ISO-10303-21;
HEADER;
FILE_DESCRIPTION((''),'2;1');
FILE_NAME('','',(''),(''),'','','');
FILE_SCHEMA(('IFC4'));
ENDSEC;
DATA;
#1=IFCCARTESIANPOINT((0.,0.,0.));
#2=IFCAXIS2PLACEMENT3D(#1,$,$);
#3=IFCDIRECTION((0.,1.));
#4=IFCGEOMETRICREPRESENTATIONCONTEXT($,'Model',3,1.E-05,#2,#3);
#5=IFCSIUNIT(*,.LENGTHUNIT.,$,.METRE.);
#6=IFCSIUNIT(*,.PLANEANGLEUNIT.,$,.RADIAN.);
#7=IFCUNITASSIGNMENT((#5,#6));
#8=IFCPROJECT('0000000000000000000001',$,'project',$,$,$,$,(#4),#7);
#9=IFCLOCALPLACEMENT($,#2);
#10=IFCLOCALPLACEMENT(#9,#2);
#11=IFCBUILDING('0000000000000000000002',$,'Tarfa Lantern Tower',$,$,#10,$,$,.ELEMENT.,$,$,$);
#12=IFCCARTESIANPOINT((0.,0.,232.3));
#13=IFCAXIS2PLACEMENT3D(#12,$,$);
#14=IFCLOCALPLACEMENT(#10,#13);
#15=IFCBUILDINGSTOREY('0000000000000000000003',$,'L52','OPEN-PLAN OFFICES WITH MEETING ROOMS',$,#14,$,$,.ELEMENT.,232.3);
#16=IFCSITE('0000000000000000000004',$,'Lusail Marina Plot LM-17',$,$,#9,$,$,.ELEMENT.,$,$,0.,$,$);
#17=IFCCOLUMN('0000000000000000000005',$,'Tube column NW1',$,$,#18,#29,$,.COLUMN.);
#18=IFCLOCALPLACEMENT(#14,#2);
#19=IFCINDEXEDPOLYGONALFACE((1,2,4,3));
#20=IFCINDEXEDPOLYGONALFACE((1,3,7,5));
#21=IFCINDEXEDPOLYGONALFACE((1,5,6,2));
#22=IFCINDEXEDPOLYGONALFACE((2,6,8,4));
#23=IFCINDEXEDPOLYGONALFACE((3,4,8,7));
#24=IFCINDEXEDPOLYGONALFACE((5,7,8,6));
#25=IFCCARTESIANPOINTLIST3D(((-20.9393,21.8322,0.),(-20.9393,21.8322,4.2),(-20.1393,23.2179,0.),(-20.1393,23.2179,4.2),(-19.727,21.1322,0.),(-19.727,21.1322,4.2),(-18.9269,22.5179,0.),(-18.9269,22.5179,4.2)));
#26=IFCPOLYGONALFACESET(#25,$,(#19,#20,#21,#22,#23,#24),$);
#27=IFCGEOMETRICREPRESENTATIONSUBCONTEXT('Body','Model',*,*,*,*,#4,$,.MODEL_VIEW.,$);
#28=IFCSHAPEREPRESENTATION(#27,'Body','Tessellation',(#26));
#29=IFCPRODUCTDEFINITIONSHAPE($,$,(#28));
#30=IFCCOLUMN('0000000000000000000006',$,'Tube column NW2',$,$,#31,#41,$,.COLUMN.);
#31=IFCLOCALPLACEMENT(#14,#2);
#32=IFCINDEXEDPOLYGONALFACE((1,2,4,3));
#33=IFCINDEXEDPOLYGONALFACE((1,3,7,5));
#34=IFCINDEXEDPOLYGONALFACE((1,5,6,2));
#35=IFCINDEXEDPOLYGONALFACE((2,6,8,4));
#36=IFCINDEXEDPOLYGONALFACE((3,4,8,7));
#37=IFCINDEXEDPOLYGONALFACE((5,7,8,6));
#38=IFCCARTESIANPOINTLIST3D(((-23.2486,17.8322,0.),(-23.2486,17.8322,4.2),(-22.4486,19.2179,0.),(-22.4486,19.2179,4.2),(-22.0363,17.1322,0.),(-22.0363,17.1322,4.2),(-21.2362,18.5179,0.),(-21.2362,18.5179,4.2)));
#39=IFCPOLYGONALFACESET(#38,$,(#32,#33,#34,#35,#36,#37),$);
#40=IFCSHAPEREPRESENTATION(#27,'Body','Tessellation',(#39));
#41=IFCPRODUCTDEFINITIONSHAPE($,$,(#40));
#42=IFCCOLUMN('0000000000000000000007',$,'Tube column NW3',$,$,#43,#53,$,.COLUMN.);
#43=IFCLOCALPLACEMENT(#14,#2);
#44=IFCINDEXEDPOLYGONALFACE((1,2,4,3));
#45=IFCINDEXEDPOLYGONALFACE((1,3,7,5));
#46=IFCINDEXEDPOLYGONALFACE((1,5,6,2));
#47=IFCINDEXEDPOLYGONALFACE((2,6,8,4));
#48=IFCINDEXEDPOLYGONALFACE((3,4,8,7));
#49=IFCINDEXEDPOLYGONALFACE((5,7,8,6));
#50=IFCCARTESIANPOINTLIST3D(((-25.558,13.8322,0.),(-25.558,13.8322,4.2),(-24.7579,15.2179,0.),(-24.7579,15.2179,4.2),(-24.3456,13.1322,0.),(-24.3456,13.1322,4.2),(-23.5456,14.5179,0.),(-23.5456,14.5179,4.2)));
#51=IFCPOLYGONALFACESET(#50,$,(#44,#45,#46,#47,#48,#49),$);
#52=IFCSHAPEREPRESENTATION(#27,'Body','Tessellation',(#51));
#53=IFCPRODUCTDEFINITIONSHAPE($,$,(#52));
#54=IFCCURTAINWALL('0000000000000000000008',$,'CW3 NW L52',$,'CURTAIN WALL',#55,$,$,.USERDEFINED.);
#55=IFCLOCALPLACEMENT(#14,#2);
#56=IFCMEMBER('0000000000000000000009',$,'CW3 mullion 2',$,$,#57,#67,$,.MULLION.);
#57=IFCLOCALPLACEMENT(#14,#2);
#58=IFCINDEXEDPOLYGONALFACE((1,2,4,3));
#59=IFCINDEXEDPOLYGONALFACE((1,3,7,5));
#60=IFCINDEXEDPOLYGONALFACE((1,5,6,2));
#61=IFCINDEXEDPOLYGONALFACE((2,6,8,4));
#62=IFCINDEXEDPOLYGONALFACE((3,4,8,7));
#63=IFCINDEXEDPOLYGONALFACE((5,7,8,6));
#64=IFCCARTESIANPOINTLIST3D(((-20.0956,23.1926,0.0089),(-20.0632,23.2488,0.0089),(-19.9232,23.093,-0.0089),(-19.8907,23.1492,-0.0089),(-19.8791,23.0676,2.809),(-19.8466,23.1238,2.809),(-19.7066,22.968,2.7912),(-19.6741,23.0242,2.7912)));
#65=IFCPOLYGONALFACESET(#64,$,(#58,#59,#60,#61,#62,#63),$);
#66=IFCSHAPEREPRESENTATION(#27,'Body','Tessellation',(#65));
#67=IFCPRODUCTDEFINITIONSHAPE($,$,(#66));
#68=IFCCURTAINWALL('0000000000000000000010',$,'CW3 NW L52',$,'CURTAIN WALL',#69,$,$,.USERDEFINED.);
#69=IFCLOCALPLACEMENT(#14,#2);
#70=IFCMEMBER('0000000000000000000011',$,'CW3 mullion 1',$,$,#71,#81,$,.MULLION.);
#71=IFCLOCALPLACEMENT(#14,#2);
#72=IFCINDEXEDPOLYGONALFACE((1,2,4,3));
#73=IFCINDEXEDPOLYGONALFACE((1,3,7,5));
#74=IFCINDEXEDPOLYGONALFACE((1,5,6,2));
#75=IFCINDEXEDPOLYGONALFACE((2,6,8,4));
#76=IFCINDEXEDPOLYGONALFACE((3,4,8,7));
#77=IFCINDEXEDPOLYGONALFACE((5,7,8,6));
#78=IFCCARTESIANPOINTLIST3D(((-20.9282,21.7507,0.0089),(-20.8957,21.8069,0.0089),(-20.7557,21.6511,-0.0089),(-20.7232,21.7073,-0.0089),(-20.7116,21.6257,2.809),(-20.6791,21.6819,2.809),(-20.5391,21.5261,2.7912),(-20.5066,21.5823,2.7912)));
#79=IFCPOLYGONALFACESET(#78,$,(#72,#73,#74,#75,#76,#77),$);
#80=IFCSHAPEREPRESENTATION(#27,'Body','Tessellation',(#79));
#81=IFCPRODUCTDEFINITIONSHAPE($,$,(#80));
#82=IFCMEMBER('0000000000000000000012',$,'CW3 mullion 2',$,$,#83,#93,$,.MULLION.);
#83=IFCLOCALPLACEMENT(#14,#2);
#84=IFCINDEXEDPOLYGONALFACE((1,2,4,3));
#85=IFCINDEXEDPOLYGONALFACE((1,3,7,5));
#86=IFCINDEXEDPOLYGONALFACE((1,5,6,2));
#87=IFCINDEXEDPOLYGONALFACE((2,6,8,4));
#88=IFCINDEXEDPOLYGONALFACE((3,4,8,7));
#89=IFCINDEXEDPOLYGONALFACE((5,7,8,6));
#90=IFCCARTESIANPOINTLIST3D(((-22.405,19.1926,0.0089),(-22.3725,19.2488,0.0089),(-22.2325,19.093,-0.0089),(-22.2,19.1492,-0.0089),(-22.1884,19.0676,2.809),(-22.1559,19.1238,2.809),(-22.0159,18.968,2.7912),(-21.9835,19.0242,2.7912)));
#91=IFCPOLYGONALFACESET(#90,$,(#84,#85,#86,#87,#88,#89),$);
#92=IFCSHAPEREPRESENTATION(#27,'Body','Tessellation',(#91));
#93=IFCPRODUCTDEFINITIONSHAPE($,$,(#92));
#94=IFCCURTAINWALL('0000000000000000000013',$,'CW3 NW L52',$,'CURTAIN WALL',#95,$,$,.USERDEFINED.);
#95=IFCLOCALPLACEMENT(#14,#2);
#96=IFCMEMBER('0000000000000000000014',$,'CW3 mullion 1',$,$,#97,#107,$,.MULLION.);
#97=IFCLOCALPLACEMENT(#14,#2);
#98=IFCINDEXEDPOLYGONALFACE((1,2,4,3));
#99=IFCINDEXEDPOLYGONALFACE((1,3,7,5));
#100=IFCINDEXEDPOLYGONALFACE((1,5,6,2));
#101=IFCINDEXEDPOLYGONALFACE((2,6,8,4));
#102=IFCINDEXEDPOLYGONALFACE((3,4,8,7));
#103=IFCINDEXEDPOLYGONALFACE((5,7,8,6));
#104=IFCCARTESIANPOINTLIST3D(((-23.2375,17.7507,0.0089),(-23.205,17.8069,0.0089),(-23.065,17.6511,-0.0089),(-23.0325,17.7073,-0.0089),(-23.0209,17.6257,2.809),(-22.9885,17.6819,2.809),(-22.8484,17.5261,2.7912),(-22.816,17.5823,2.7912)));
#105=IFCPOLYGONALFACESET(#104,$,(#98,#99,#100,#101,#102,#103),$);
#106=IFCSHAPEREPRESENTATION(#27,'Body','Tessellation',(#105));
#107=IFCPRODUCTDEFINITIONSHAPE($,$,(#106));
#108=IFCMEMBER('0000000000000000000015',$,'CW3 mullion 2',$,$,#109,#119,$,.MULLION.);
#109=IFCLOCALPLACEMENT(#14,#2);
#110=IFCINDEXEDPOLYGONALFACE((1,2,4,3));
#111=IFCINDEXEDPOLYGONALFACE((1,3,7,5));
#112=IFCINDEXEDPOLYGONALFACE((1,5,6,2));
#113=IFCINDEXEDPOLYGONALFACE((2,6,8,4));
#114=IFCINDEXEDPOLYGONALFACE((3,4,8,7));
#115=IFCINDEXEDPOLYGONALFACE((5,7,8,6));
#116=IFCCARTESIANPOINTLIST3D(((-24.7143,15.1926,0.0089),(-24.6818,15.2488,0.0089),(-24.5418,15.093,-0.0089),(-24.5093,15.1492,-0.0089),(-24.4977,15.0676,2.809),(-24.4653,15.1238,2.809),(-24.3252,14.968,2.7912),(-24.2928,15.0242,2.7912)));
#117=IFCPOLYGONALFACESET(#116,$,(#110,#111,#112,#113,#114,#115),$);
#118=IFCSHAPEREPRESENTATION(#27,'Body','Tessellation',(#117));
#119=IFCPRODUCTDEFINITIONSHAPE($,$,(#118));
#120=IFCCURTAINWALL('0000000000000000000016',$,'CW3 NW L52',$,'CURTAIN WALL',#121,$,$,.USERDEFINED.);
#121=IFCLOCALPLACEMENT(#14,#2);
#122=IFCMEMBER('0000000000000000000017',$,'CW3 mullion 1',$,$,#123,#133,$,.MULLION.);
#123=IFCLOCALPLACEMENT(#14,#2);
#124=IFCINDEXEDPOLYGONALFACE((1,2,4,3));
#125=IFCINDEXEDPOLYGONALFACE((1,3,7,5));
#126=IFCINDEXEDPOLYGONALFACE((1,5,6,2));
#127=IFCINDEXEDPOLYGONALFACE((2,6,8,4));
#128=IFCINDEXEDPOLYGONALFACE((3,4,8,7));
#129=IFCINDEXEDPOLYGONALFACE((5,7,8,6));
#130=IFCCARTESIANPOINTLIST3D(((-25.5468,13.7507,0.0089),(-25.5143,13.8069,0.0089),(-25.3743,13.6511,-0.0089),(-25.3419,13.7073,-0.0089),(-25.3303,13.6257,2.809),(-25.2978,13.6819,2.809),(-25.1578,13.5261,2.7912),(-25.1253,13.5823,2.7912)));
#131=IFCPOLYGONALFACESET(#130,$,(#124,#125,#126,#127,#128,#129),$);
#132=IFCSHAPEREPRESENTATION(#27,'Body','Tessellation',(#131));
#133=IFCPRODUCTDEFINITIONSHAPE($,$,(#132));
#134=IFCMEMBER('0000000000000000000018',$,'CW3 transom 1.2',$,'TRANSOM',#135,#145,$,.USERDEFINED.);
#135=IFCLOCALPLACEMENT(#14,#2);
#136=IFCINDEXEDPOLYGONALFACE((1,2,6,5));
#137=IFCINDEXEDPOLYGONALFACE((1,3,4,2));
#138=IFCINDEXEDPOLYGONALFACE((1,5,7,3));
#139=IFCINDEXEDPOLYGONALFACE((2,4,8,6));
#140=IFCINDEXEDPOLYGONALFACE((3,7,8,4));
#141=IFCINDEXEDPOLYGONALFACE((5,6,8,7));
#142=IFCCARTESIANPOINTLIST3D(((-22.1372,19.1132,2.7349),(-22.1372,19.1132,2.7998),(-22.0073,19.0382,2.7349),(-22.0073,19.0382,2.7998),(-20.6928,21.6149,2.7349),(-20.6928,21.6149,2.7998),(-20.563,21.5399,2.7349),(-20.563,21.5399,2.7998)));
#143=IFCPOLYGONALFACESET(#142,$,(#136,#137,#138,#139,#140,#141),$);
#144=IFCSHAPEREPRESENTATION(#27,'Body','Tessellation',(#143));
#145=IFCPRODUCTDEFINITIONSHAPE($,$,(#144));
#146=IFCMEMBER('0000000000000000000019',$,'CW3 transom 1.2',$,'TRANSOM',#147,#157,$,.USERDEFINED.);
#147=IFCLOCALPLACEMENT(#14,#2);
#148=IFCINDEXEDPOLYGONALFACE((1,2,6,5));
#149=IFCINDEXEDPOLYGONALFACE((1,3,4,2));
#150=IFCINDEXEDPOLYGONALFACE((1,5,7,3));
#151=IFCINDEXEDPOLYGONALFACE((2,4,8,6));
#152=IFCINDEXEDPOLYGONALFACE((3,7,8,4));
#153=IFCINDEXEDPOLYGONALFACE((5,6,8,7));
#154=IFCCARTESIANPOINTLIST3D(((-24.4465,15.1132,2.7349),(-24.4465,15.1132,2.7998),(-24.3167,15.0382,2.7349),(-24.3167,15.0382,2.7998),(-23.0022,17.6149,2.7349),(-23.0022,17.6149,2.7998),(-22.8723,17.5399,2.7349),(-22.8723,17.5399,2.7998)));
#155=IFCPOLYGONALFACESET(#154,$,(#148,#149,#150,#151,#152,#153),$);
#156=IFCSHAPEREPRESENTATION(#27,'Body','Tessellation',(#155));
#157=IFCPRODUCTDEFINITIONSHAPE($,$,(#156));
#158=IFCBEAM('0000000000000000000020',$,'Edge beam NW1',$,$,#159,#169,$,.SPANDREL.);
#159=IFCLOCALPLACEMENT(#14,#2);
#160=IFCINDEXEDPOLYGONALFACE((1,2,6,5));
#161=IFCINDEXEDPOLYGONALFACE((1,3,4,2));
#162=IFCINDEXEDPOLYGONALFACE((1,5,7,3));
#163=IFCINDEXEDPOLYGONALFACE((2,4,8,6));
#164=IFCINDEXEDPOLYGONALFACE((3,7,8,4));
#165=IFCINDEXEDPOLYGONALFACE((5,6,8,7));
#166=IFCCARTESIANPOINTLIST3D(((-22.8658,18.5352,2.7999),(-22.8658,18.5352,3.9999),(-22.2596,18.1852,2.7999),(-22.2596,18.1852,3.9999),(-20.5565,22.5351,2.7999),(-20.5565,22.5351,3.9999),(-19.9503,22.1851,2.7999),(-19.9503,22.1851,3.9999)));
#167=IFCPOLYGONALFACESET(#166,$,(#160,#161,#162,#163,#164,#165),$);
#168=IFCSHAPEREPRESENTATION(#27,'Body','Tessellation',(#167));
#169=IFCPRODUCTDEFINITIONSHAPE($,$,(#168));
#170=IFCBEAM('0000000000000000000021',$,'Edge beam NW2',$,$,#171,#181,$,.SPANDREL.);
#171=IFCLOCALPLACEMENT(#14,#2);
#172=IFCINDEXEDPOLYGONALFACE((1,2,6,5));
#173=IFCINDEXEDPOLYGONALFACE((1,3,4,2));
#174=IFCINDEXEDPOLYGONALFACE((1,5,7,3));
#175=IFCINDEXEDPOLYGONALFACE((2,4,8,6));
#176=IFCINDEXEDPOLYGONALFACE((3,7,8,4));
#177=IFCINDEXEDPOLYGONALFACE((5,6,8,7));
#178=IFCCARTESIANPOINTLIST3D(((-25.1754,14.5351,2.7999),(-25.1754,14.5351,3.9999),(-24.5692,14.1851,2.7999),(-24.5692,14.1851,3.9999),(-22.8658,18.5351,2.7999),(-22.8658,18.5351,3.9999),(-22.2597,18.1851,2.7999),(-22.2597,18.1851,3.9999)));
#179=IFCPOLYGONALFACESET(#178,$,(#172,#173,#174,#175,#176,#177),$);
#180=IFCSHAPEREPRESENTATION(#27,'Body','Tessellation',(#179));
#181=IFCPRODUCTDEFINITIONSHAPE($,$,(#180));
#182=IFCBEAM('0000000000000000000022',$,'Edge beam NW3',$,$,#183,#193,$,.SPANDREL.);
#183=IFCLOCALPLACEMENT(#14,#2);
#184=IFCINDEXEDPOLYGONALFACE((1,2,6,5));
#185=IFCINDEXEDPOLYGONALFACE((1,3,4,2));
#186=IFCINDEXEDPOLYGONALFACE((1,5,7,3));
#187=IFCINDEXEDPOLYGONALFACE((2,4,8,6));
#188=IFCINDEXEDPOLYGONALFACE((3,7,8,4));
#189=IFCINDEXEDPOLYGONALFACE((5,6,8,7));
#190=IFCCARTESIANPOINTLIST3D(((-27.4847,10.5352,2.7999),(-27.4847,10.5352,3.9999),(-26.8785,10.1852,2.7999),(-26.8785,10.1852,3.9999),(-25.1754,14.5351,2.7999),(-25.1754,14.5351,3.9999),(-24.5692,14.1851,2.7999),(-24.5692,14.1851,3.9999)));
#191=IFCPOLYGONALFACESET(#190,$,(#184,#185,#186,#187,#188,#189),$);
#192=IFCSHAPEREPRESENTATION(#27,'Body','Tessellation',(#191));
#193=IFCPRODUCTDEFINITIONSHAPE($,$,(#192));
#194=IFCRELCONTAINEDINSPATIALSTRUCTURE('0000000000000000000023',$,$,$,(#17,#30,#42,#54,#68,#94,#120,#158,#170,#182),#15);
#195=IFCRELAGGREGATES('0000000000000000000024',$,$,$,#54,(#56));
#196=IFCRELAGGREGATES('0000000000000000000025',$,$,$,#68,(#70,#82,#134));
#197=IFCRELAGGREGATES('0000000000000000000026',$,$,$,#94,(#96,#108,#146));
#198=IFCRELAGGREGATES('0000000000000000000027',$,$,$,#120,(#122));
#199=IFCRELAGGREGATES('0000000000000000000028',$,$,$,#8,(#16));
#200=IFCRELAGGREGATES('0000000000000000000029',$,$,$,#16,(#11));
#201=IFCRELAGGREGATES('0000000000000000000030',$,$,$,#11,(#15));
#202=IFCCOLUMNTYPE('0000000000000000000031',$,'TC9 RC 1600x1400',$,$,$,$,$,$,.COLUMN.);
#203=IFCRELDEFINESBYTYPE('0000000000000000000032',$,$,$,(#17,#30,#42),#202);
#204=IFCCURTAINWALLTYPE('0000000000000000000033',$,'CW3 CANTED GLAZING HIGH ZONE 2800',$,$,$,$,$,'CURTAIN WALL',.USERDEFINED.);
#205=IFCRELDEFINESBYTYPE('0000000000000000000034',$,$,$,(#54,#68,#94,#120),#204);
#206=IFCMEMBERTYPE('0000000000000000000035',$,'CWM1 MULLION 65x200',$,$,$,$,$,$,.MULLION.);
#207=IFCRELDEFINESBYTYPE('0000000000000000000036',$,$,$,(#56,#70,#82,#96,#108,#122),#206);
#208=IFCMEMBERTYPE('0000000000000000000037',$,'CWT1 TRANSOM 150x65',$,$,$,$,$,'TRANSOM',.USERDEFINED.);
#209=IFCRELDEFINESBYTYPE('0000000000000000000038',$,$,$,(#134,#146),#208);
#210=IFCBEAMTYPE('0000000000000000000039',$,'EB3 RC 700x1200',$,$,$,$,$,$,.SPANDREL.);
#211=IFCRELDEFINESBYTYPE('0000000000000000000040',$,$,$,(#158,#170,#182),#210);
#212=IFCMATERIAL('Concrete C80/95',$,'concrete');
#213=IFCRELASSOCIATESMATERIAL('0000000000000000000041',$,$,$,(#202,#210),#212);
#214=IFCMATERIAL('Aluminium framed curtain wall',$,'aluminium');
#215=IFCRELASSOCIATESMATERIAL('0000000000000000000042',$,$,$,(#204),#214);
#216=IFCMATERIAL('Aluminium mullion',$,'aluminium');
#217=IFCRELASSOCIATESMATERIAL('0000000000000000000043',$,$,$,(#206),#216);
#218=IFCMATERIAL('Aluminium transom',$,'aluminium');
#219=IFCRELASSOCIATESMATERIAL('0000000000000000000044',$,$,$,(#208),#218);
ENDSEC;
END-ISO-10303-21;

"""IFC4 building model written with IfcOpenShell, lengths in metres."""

from ifc_helpers import new_model, si_unit, direction, frame, origin, origin_2d, place, context, subcontext, project, spatial, rectangle, extrude, material, material_profile, profile_set, type_object, element, aggregate, save


model = new_model("IFC4")

# Units and contexts
model_context = context("Model", 3, precision=1e-05, world=origin(), true_north=direction((0.0, 1.0)))
body_context = subcontext(model_context, "Body", "Model", "MODEL_VIEW")
ifc_project = project(units=[si_unit("LENGTHUNIT", "METRE"), si_unit("PLANEANGLEUNIT", "RADIAN")], contexts=[model_context])

# Site, building, storey
site_placement = place(None, origin())
site = spatial("IfcSite", under=ifc_project, at=site_placement, Name="Lusail Marina Plot LM-17", CompositionType="ELEMENT", RefElevation=0.0)
building_placement = place(site_placement, origin())
building = spatial("IfcBuilding", under=site, at=building_placement, Name="Tarfa Lantern Tower", CompositionType="ELEMENT")
storey_placement = place(building_placement, frame((0.0, 0.0, 232.3)))
storey = spatial("IfcBuildingStorey", under=building, at=storey_placement, Name="L52", Description="OPEN-PLAN OFFICES WITH MEETING ROOMS", CompositionType="ELEMENT", Elevation=232.3)

# Columns
ifc_material_1 = material(Name="Concrete C80/95", Category="concrete")
ifc_material_profile_1 = material_profile(ifc_material_1, rectangle(XDim=1.6001, YDim=1.3999, at=origin_2d()), Name="RC 1600x1400")
ifc_profile_set_1 = profile_set([ifc_material_profile_1], Name="Concrete C80/95")
column_type = type_object("IfcColumnType", Name="TC9 RC 1600x1400", PredefinedType="COLUMN", material=ifc_profile_set_1)
for number, where, z_axis, x_axis, name in (
    (1, (-19.9331, 22.175, 0.0), (0.0, 0.0, 1.0), (-0.5, -0.866025, 0.0), "Tube column NW1"),
    (2, (-22.2424, 18.175, 0.0), (0.0, 0.0, 1.0), (-0.5, -0.866025, 0.0), "Tube column NW2"),
    (3, (-24.5518, 14.175, 0.0), (0.0, 0.0, 1.0), (-0.5, -0.866025, 0.0), "Tube column NW3"),
):
    element("IfcColumn", number, at=place(storey_placement, frame(where, z_axis=z_axis, x_axis=x_axis)), inside=storey, type_object=column_type, Name=name, PredefinedType="COLUMN", context=body_context, shape_type="SweptSolid", body=[
        extrude(rectangle(XDim=1.6001, YDim=1.3999, at=origin_2d()), origin(), (0.0, 0.0, 1.0), 4.2),
    ])

# Curtain wall, member
ifc_material_2 = material(Name="Aluminium framed curtain wall", Category="aluminium")
curtain_wall_type = type_object("IfcCurtainWallType", Name="CW3 CANTED GLAZING HIGH ZONE 2800", ElementType="CURTAIN WALL", PredefinedType="USERDEFINED", material=ifc_material_2)
curtain_wall_1_placement = place(storey_placement, origin())
curtain_wall_1 = element("IfcCurtainWall", 4, at=curtain_wall_1_placement, inside=storey, type_object=curtain_wall_type, Name="CW3 NW L52", ObjectType="CURTAIN WALL", PredefinedType="USERDEFINED")
ifc_material_3 = material(Name="Aluminium mullion", Category="aluminium")
ifc_material_profile_2 = material_profile(ifc_material_3, rectangle(XDim=0.0649, YDim=0.2, at=origin_2d()), Name="AL MULLION 65x200")
ifc_profile_set_2 = profile_set([ifc_material_profile_2], Name="Aluminium mullion")
member_type_1 = type_object("IfcMemberType", Name="CWM1 MULLION 65x200", PredefinedType="MULLION", material=ifc_profile_set_2)
member_1_placement = place(storey_placement, frame((-19.9932, 23.1709, 0.0), z_axis=(0.077032, -0.044465, 0.996037), x_axis=(0.49992, 0.866072, 0.0)))
member_1 = element("IfcMember", 5, at=member_1_placement, type_object=member_type_1, Name="CW3 mullion 2", PredefinedType="MULLION", context=body_context, shape_type="SweptSolid", body=[
    extrude(rectangle(XDim=0.0649, YDim=0.2, at=origin_2d()), origin(), (0.0, 0.0, 1.0), 2.8113),
])

# Curtain walls, members
curtain_wall_2_placement = place(storey_placement, origin())
curtain_wall_2 = element("IfcCurtainWall", 6, at=curtain_wall_2_placement, inside=storey, type_object=curtain_wall_type, Name="CW3 NW L52", ObjectType="CURTAIN WALL", PredefinedType="USERDEFINED")
member_2_placement = place(storey_placement, frame((-20.8257, 21.729, 0.0), z_axis=(0.077032, -0.044465, 0.996037), x_axis=(0.49992, 0.866072, 0.0)))
member_2 = element("IfcMember", 7, at=member_2_placement, type_object=member_type_1, Name="CW3 mullion 1", PredefinedType="MULLION", context=body_context, shape_type="SweptSolid", body=[
    extrude(rectangle(XDim=0.0649, YDim=0.2, at=origin_2d()), origin(), (0.0, 0.0, 1.0), 2.8113),
])
member_3_placement = place(storey_placement, frame((-22.3025, 19.1709, 0.0), z_axis=(0.077032, -0.044465, 0.996037), x_axis=(0.49992, 0.866072, 0.0)))
member_3 = element("IfcMember", 8, at=member_3_placement, type_object=member_type_1, Name="CW3 mullion 2", PredefinedType="MULLION", context=body_context, shape_type="SweptSolid", body=[
    extrude(rectangle(XDim=0.0649, YDim=0.2, at=origin_2d()), origin(), (0.0, 0.0, 1.0), 2.8113),
])
curtain_wall_3_placement = place(storey_placement, origin())
curtain_wall_3 = element("IfcCurtainWall", 9, at=curtain_wall_3_placement, inside=storey, type_object=curtain_wall_type, Name="CW3 NW L52", ObjectType="CURTAIN WALL", PredefinedType="USERDEFINED")
member_4_placement = place(storey_placement, frame((-23.135, 17.729, 0.0), z_axis=(0.077032, -0.044465, 0.996037), x_axis=(0.49992, 0.866072, 0.0)))
member_4 = element("IfcMember", 10, at=member_4_placement, type_object=member_type_1, Name="CW3 mullion 1", PredefinedType="MULLION", context=body_context, shape_type="SweptSolid", body=[
    extrude(rectangle(XDim=0.0649, YDim=0.2, at=origin_2d()), origin(), (0.0, 0.0, 1.0), 2.8113),
])
member_5_placement = place(storey_placement, frame((-24.6118, 15.1709, 0.0), z_axis=(0.077032, -0.044465, 0.996037), x_axis=(0.49992, 0.866072, 0.0)))
member_5 = element("IfcMember", 11, at=member_5_placement, type_object=member_type_1, Name="CW3 mullion 2", PredefinedType="MULLION", context=body_context, shape_type="SweptSolid", body=[
    extrude(rectangle(XDim=0.0649, YDim=0.2, at=origin_2d()), origin(), (0.0, 0.0, 1.0), 2.8113),
])

# Curtain wall, member
curtain_wall_4_placement = place(storey_placement, origin())
curtain_wall_4 = element("IfcCurtainWall", 12, at=curtain_wall_4_placement, inside=storey, type_object=curtain_wall_type, Name="CW3 NW L52", ObjectType="CURTAIN WALL", PredefinedType="USERDEFINED")
member_6_placement = place(storey_placement, frame((-25.4443, 13.729, 0.0), z_axis=(0.077032, -0.044465, 0.996037), x_axis=(0.49992, 0.866072, 0.0)))
member_6 = element("IfcMember", 13, at=member_6_placement, type_object=member_type_1, Name="CW3 mullion 1", PredefinedType="MULLION", context=body_context, shape_type="SweptSolid", body=[
    extrude(rectangle(XDim=0.0649, YDim=0.2, at=origin_2d()), origin(), (0.0, 0.0, 1.0), 2.8113),
])

# Members
ifc_material_4 = material(Name="Aluminium transom", Category="aluminium")
ifc_material_profile_3 = material_profile(ifc_material_4, rectangle(XDim=0.1499, YDim=0.0649, at=origin_2d()), Name="AL TRANSOM 150x65")
ifc_profile_set_3 = profile_set([ifc_material_profile_3], Name="Aluminium transom")
member_type_2 = type_object("IfcMemberType", Name="CWT1 TRANSOM 150x65", ElementType="TRANSOM", PredefinedType="USERDEFINED", material=ifc_profile_set_3)
member_7_placement = place(storey_placement, frame((-20.6279, 21.5774, 2.7673), z_axis=(-0.499993, -0.866029, 0.0), x_axis=(0.866029, -0.499993, 0.0)))
member_7 = element("IfcMember", 14, at=member_7_placement, type_object=member_type_2, Name="CW3 transom 1.2", ObjectType="TRANSOM", PredefinedType="USERDEFINED", context=body_context, shape_type="SweptSolid", body=[
    extrude(rectangle(XDim=0.1499, YDim=0.0649, at=origin_2d()), origin(), (0.0, 0.0, 1.0), 2.8887),
])
member_8_placement = place(storey_placement, frame((-22.9373, 17.5774, 2.7673), z_axis=(-0.499993, -0.866029, 0.0), x_axis=(0.866029, -0.499993, 0.0)))
member_8 = element("IfcMember", 15, at=member_8_placement, type_object=member_type_2, Name="CW3 transom 1.2", ObjectType="TRANSOM", PredefinedType="USERDEFINED", context=body_context, shape_type="SweptSolid", body=[
    extrude(rectangle(XDim=0.1499, YDim=0.0649, at=origin_2d()), origin(), (0.0, 0.0, 1.0), 2.8887),
])

# Beams
ifc_material_profile_4 = material_profile(ifc_material_1, rectangle(XDim=0.7, YDim=1.2, at=origin_2d()), Name="RC 700x1200")
ifc_profile_set_4 = profile_set([ifc_material_profile_4], Name="Concrete C80/95")
beam_type_1 = type_object("IfcBeamType", Name="EB3 RC 700x1200", PredefinedType="SPANDREL", material=ifc_profile_set_4)
beam_1_placement = place(storey_placement, frame((-20.2534, 22.3601, 3.3999), z_axis=(-0.499988, -0.866032, 0.0), x_axis=(0.866032, -0.499988, 0.0)))
element("IfcBeam", 16, at=beam_1_placement, inside=storey, type_object=beam_type_1, Name="Edge beam NW1", PredefinedType="SPANDREL", context=body_context, shape_type="SweptSolid", body=[
    extrude(rectangle(XDim=0.7, YDim=1.2, at=origin_2d()), origin(), (0.0, 0.0, 1.0), 4.6187),
])
beam_2_placement = place(storey_placement, frame((-22.5627, 18.3601, 3.3999), z_axis=(-0.500027, -0.86601, 0.0), x_axis=(0.86601, -0.500027, 0.0)))
element("IfcBeam", 17, at=beam_2_placement, inside=storey, type_object=beam_type_1, Name="Edge beam NW2", PredefinedType="SPANDREL", context=body_context, shape_type="SweptSolid", body=[
    extrude(rectangle(XDim=0.7, YDim=1.2, at=origin_2d()), origin(), (0.0, 0.0, 1.0), 4.6189),
])
beam_3_placement = place(storey_placement, frame((-24.8723, 14.3601, 3.3999), z_axis=(-0.499988, -0.866032, 0.0), x_axis=(0.866032, -0.499988, 0.0)))
element("IfcBeam", 18, at=beam_3_placement, inside=storey, type_object=beam_type_1, Name="Edge beam NW3", PredefinedType="SPANDREL", context=body_context, shape_type="SweptSolid", body=[
    extrude(rectangle(XDim=0.7, YDim=1.2, at=origin_2d()), origin(), (0.0, 0.0, 1.0), 4.6187),
])

aggregate(curtain_wall_1, [member_1])
aggregate(curtain_wall_2, [member_2, member_3, member_7])
aggregate(curtain_wall_3, [member_4, member_5, member_8])
aggregate(curtain_wall_4, [member_6])

save(model, "model.ifc")
